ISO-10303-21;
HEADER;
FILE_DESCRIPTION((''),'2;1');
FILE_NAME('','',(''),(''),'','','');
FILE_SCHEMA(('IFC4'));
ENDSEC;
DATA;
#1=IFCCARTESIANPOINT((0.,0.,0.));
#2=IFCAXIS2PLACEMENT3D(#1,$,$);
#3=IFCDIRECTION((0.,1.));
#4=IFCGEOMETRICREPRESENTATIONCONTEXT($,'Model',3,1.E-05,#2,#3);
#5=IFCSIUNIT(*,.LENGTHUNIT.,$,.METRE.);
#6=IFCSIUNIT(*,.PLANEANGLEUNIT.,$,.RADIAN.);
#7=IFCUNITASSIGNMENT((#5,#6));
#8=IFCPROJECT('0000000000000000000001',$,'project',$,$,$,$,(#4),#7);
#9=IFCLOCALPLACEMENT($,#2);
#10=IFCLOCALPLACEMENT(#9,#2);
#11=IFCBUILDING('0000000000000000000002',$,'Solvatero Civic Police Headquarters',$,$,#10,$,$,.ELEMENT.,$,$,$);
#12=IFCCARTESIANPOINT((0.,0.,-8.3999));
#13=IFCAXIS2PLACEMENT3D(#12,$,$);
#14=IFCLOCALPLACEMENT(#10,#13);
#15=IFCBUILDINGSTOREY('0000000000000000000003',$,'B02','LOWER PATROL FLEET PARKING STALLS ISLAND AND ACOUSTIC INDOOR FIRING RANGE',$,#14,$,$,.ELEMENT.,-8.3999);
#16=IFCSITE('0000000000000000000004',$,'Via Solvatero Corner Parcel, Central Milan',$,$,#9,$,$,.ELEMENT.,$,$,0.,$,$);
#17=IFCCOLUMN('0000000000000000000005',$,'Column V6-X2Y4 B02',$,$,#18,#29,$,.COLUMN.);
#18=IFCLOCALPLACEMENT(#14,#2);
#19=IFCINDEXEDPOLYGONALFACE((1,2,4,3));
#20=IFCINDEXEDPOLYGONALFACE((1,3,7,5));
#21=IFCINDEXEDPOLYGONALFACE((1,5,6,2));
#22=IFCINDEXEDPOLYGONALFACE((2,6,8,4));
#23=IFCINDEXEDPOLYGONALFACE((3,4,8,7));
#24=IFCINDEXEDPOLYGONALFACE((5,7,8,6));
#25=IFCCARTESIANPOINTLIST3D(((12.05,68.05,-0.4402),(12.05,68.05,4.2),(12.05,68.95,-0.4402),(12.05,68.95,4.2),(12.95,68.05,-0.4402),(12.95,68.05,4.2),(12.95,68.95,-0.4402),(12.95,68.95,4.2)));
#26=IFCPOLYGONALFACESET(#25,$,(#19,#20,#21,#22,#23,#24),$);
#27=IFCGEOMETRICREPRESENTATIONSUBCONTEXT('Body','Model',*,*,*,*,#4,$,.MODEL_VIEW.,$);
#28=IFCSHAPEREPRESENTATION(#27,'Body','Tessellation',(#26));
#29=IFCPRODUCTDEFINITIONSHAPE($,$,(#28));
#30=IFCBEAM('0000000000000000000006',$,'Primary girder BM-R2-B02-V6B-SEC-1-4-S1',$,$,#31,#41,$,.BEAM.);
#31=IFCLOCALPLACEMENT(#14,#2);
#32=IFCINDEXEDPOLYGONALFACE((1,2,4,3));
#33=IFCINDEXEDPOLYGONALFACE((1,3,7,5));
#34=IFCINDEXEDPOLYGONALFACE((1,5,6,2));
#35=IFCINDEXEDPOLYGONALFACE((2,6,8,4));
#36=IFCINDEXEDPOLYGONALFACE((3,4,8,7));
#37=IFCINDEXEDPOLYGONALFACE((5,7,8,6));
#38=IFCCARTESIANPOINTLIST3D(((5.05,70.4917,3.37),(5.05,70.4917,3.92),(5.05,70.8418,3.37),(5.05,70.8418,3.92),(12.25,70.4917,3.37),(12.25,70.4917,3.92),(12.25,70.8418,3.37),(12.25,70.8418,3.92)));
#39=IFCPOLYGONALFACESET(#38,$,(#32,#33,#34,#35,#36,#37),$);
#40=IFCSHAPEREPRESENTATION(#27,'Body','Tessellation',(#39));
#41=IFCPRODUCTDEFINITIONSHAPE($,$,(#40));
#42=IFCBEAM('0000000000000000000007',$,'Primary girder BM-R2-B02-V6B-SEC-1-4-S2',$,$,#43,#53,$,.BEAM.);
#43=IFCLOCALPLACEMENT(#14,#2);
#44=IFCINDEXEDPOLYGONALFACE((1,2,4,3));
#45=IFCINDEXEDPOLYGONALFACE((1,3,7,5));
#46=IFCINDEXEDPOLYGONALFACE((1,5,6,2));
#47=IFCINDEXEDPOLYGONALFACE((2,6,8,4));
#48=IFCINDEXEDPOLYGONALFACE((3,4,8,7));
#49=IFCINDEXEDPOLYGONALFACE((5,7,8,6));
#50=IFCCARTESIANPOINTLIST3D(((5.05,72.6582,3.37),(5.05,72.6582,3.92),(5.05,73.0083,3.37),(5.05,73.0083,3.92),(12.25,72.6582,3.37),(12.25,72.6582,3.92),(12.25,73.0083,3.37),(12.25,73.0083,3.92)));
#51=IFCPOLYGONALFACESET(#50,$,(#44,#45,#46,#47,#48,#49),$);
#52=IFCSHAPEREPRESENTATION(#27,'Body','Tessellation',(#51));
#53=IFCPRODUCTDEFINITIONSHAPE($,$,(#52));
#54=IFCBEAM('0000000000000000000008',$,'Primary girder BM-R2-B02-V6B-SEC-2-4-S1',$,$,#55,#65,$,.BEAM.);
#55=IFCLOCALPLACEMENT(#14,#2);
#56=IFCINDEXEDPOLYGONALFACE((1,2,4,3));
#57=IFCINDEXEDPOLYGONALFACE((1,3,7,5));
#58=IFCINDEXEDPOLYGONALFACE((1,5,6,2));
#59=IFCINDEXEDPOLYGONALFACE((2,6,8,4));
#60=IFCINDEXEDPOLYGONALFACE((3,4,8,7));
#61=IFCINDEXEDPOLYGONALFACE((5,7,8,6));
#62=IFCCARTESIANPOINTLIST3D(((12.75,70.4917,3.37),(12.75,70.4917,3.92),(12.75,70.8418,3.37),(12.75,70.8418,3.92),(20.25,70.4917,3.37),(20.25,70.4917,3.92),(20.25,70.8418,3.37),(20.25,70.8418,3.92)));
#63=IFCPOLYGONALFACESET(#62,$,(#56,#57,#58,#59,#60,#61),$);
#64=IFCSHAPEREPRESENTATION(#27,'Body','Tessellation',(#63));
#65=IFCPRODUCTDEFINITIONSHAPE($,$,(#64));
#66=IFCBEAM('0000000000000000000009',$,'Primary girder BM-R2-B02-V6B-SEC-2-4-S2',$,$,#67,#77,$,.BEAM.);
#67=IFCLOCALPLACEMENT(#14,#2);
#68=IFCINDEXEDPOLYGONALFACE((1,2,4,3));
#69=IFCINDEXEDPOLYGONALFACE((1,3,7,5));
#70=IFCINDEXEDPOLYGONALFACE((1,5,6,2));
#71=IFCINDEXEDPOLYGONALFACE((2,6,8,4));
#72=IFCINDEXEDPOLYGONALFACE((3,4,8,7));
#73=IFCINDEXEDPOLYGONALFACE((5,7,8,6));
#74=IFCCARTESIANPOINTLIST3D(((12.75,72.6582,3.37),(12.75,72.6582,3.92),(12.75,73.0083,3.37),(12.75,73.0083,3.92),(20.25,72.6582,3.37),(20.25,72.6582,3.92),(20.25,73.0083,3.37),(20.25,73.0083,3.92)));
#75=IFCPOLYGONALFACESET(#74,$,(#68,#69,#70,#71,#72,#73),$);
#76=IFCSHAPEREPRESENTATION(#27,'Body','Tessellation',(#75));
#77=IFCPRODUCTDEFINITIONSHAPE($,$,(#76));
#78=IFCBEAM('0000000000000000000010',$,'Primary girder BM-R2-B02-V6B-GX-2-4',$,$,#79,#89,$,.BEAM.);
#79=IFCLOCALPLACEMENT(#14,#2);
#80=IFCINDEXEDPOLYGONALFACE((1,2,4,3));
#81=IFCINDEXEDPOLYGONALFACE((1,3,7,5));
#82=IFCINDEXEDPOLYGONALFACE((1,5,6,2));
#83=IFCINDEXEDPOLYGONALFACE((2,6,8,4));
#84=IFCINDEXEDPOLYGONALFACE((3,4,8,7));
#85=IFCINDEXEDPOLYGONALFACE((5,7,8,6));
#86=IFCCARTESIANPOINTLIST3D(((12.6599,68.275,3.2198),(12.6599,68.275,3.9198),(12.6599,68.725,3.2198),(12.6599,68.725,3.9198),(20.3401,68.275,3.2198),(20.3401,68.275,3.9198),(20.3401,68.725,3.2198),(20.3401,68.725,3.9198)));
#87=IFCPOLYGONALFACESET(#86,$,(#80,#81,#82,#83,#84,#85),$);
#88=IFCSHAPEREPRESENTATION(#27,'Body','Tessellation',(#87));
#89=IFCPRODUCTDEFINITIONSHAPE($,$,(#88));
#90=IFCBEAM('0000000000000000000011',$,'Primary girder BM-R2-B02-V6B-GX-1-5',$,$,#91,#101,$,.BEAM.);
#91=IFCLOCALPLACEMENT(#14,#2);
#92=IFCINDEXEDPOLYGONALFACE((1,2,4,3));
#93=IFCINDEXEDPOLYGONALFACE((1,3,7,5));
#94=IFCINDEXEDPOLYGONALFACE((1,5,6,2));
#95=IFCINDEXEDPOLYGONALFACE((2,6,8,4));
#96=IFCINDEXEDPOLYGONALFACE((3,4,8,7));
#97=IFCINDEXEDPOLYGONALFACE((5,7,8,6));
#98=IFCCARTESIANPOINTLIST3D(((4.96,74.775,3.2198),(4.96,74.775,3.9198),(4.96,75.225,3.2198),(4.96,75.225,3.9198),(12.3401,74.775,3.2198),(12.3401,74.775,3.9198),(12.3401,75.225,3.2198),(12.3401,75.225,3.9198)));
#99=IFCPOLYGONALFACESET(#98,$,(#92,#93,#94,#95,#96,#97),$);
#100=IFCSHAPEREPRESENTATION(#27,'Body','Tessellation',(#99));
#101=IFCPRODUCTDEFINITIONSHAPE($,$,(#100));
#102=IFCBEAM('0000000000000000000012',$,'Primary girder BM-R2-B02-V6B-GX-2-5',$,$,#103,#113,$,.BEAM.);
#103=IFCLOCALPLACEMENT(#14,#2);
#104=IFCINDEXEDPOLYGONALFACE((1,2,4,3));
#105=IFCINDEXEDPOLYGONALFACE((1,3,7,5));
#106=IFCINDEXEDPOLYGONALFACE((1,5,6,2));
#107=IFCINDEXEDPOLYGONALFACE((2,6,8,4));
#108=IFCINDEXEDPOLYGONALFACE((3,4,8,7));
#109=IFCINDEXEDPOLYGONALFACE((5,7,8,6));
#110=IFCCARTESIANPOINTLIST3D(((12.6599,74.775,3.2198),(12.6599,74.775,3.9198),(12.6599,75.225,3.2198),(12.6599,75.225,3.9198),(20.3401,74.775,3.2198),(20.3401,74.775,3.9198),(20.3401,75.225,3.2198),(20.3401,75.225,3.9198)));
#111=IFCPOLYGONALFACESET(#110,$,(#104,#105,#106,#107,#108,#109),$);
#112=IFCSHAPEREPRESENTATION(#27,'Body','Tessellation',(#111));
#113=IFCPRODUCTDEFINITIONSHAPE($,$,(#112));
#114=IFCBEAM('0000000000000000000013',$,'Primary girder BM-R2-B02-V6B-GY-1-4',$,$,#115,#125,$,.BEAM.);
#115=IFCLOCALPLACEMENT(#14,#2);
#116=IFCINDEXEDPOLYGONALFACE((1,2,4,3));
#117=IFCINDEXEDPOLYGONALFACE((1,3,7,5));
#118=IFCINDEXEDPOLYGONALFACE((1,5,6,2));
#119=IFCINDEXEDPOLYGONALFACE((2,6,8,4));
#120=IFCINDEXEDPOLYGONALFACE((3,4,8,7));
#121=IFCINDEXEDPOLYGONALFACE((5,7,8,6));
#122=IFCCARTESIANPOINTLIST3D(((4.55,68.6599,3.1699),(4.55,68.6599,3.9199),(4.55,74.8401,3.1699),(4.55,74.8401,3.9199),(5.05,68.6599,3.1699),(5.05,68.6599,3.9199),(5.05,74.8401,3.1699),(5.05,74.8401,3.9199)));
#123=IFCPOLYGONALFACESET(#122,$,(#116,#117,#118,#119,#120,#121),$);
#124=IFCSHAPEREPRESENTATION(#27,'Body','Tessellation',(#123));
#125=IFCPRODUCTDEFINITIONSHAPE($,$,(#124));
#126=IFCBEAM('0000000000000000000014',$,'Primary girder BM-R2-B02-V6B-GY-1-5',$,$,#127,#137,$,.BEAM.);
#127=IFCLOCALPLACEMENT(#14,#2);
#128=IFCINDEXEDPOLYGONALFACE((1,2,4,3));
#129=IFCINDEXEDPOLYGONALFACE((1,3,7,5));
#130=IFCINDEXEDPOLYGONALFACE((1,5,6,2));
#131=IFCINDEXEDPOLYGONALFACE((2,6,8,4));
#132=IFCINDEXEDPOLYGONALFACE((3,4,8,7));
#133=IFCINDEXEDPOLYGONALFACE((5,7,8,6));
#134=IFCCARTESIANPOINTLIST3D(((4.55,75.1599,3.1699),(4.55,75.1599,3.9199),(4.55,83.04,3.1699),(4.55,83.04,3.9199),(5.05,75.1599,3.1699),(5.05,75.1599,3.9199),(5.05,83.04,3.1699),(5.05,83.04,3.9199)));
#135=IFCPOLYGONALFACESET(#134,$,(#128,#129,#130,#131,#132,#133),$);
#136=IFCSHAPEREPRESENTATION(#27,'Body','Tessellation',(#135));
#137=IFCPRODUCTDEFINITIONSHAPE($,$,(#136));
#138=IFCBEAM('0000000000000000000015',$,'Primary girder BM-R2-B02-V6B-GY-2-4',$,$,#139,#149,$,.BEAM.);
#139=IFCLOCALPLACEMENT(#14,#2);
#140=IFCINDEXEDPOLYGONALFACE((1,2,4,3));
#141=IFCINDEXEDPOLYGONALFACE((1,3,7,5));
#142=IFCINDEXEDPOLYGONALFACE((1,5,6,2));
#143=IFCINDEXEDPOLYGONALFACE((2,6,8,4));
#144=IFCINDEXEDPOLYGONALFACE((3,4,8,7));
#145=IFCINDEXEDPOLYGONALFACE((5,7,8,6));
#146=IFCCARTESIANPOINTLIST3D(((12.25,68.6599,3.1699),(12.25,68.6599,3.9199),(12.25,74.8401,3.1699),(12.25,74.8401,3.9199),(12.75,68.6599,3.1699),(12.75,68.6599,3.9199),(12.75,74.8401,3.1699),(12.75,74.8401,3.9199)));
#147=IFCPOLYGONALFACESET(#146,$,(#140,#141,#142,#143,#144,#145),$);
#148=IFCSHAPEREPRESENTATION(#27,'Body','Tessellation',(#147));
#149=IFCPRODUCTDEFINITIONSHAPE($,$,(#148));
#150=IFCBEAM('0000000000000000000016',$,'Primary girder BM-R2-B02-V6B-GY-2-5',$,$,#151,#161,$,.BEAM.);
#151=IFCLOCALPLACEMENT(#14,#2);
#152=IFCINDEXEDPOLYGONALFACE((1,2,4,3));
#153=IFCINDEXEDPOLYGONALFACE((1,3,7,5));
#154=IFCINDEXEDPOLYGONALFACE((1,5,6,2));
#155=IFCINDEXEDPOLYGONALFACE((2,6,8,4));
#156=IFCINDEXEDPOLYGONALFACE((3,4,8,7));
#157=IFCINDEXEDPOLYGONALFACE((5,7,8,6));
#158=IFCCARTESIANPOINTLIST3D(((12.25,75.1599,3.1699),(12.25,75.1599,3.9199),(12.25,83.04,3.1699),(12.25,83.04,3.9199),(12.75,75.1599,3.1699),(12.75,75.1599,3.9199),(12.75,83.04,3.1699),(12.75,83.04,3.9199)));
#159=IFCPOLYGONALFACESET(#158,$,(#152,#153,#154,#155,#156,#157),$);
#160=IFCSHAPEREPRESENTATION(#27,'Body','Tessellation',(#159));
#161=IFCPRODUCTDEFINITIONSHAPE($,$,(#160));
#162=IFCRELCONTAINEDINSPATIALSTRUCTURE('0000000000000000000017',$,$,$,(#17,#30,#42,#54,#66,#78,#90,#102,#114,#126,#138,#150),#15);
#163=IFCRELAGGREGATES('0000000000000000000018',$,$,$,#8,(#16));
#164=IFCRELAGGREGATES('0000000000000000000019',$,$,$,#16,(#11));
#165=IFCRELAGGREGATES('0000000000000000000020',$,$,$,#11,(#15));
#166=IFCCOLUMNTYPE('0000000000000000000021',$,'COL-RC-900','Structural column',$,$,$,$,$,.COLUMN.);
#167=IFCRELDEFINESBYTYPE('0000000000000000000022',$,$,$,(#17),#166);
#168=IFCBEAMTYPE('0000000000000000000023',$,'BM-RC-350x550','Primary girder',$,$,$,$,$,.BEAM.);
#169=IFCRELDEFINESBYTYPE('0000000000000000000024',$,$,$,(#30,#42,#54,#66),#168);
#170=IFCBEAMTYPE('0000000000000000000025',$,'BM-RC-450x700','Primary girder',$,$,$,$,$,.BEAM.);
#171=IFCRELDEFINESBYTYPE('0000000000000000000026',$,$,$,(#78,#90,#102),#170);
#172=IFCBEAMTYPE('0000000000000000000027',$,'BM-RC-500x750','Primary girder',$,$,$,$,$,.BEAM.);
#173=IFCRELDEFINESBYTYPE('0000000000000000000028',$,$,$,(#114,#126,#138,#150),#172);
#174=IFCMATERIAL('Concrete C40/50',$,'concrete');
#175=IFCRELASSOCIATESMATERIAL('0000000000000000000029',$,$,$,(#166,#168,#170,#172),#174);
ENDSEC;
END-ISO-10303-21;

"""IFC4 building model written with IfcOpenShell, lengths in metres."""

from ifc_helpers import new_model, si_unit, direction, frame, origin, origin_2d, place, context, subcontext, project, spatial, rectangle, extrude, material, material_profile, profile_set, type_object, element, save


model = new_model("IFC4")

# Units and contexts
model_context = context("Model", 3, precision=1e-05, world=origin(), true_north=direction((0.0, 1.0)))
body_context = subcontext(model_context, "Body", "Model", "MODEL_VIEW")
ifc_project = project(units=[si_unit("LENGTHUNIT", "METRE"), si_unit("PLANEANGLEUNIT", "RADIAN")], contexts=[model_context])

# Site, building, storey
site_placement = place(None, origin())
site = spatial("IfcSite", under=ifc_project, at=site_placement, Name="Via Solvatero Corner Parcel, Central Milan", CompositionType="ELEMENT", RefElevation=0.0)
building_placement = place(site_placement, origin())
building = spatial("IfcBuilding", under=site, at=building_placement, Name="Solvatero Civic Police Headquarters", CompositionType="ELEMENT")
storey_placement = place(building_placement, frame((0.0, 0.0, -8.3999)))
storey = spatial("IfcBuildingStorey", under=building, at=storey_placement, Name="B02", Description="LOWER PATROL FLEET PARKING STALLS ISLAND AND ACOUSTIC INDOOR FIRING RANGE", CompositionType="ELEMENT", Elevation=-8.3999)

# Column
ifc_material_1 = material(Name="Concrete C40/50", Category="concrete")
ifc_material_profile_1 = material_profile(ifc_material_1, rectangle(XDim=0.8999, YDim=0.8999, at=origin_2d()), Name="RC 900x900")
ifc_profile_set_1 = profile_set([ifc_material_profile_1], Name="Concrete C40/50")
column_type_1 = type_object("IfcColumnType", Name="COL-RC-900", Description="Structural column", PredefinedType="COLUMN", material=ifc_profile_set_1)
column_1_placement = place(storey_placement, frame((12.5, 68.5, -0.4402), z_axis=(0.0, 0.0, 1.0), x_axis=(1.0, 0.0, 0.0)))
element("IfcColumn", 1, at=column_1_placement, inside=storey, type_object=column_type_1, Name="Column V6-X2Y4 B02", PredefinedType="COLUMN", context=body_context, shape_type="SweptSolid", body=[
    extrude(rectangle(XDim=0.8999, YDim=0.8999, at=origin_2d()), origin(), (0.0, 0.0, 1.0), 4.6401),
])

# Beams
ifc_material_profile_2 = material_profile(ifc_material_1, rectangle(XDim=0.3501, YDim=0.55, at=origin_2d()), Name="RC 350x550")
ifc_profile_set_2 = profile_set([ifc_material_profile_2], Name="Concrete C40/50")
beam_type_1 = type_object("IfcBeamType", Name="BM-RC-350x550", Description="Primary girder", PredefinedType="BEAM", material=ifc_profile_set_2)
for number, where, z_axis, x_axis, name in (
    (2, (5.05, 70.6667, 3.645), (1.0, 0.0, 0.0), (0.0, 1.0, 0.0), "Primary girder BM-R2-B02-V6B-SEC-1-4-S1"),
    (3, (5.05, 72.8333, 3.645), (1.0, 0.0, 0.0), (0.0, 1.0, 0.0), "Primary girder BM-R2-B02-V6B-SEC-1-4-S2"),
):
    element("IfcBeam", number, at=place(storey_placement, frame(where, z_axis=z_axis, x_axis=x_axis)), inside=storey, type_object=beam_type_1, Name=name, PredefinedType="BEAM", context=body_context, shape_type="SweptSolid", body=[
        extrude(rectangle(XDim=0.3501, YDim=0.55, at=origin_2d()), origin(), (0.0, 0.0, 1.0), 7.2),
    ])
for number, where, z_axis, x_axis, name in (
    (4, (12.75, 70.6667, 3.645), (1.0, 0.0, 0.0), (0.0, 1.0, 0.0), "Primary girder BM-R2-B02-V6B-SEC-2-4-S1"),
    (5, (12.75, 72.8333, 3.645), (1.0, 0.0, 0.0), (0.0, 1.0, 0.0), "Primary girder BM-R2-B02-V6B-SEC-2-4-S2"),
):
    element("IfcBeam", number, at=place(storey_placement, frame(where, z_axis=z_axis, x_axis=x_axis)), inside=storey, type_object=beam_type_1, Name=name, PredefinedType="BEAM", context=body_context, shape_type="SweptSolid", body=[
        extrude(rectangle(XDim=0.3501, YDim=0.55, at=origin_2d()), origin(), (0.0, 0.0, 1.0), 7.5),
    ])
ifc_material_profile_3 = material_profile(ifc_material_1, rectangle(XDim=0.45, YDim=0.7, at=origin_2d()), Name="RC 450x700")
ifc_profile_set_3 = profile_set([ifc_material_profile_3], Name="Concrete C40/50")
beam_type_2 = type_object("IfcBeamType", Name="BM-RC-450x700", Description="Primary girder", PredefinedType="BEAM", material=ifc_profile_set_3)
beam_1_placement = place(storey_placement, frame((12.6599, 68.5, 3.5698), z_axis=(1.0, 0.0, 0.0), x_axis=(0.0, 1.0, 0.0)))
element("IfcBeam", 6, at=beam_1_placement, inside=storey, type_object=beam_type_2, Name="Primary girder BM-R2-B02-V6B-GX-2-4", PredefinedType="BEAM", context=body_context, shape_type="SweptSolid", body=[
    extrude(rectangle(XDim=0.45, YDim=0.7, at=origin_2d()), origin(), (0.0, 0.0, 1.0), 7.6802),
])
beam_2_placement = place(storey_placement, frame((4.96, 75.0, 3.5698), z_axis=(1.0, 0.0, 0.0), x_axis=(0.0, 1.0, 0.0)))
element("IfcBeam", 7, at=beam_2_placement, inside=storey, type_object=beam_type_2, Name="Primary girder BM-R2-B02-V6B-GX-1-5", PredefinedType="BEAM", context=body_context, shape_type="SweptSolid", body=[
    extrude(rectangle(XDim=0.45, YDim=0.7, at=origin_2d()), origin(), (0.0, 0.0, 1.0), 7.3801),
])
beam_3_placement = place(storey_placement, frame((12.6599, 75.0, 3.5698), z_axis=(1.0, 0.0, 0.0), x_axis=(0.0, 1.0, 0.0)))
element("IfcBeam", 8, at=beam_3_placement, inside=storey, type_object=beam_type_2, Name="Primary girder BM-R2-B02-V6B-GX-2-5", PredefinedType="BEAM", context=body_context, shape_type="SweptSolid", body=[
    extrude(rectangle(XDim=0.45, YDim=0.7, at=origin_2d()), origin(), (0.0, 0.0, 1.0), 7.6802),
])
ifc_material_profile_4 = material_profile(ifc_material_1, rectangle(XDim=0.5, YDim=0.75, at=origin_2d()), Name="RC 500x750")
ifc_profile_set_4 = profile_set([ifc_material_profile_4], Name="Concrete C40/50")
beam_type_3 = type_object("IfcBeamType", Name="BM-RC-500x750", Description="Primary girder", PredefinedType="BEAM", material=ifc_profile_set_4)
beam_4_placement = place(storey_placement, frame((4.8, 68.6599, 3.5449), z_axis=(0.0, 1.0, 0.0), x_axis=(-1.0, 0.0, 0.0)))
element("IfcBeam", 9, at=beam_4_placement, inside=storey, type_object=beam_type_3, Name="Primary girder BM-R2-B02-V6B-GY-1-4", PredefinedType="BEAM", context=body_context, shape_type="SweptSolid", body=[
    extrude(rectangle(XDim=0.5, YDim=0.75, at=origin_2d()), origin(), (0.0, 0.0, 1.0), 6.1802),
])
beam_5_placement = place(storey_placement, frame((4.8, 75.1599, 3.5449), z_axis=(0.0, 1.0, 0.0), x_axis=(-1.0, 0.0, 0.0)))
element("IfcBeam", 10, at=beam_5_placement, inside=storey, type_object=beam_type_3, Name="Primary girder BM-R2-B02-V6B-GY-1-5", PredefinedType="BEAM", context=body_context, shape_type="SweptSolid", body=[
    extrude(rectangle(XDim=0.5, YDim=0.75, at=origin_2d()), origin(), (0.0, 0.0, 1.0), 7.8801),
])
beam_6_placement = place(storey_placement, frame((12.5, 68.6599, 3.5449), z_axis=(0.0, 1.0, 0.0), x_axis=(-1.0, 0.0, 0.0)))
element("IfcBeam", 11, at=beam_6_placement, inside=storey, type_object=beam_type_3, Name="Primary girder BM-R2-B02-V6B-GY-2-4", PredefinedType="BEAM", context=body_context, shape_type="SweptSolid", body=[
    extrude(rectangle(XDim=0.5, YDim=0.75, at=origin_2d()), origin(), (0.0, 0.0, 1.0), 6.1802),
])
beam_7_placement = place(storey_placement, frame((12.5, 75.1599, 3.5449), z_axis=(0.0, 1.0, 0.0), x_axis=(-1.0, 0.0, 0.0)))
element("IfcBeam", 12, at=beam_7_placement, inside=storey, type_object=beam_type_3, Name="Primary girder BM-R2-B02-V6B-GY-2-5", PredefinedType="BEAM", context=body_context, shape_type="SweptSolid", body=[
    extrude(rectangle(XDim=0.5, YDim=0.75, at=origin_2d()), origin(), (0.0, 0.0, 1.0), 7.8801),
])

save(model, "model.ifc")
